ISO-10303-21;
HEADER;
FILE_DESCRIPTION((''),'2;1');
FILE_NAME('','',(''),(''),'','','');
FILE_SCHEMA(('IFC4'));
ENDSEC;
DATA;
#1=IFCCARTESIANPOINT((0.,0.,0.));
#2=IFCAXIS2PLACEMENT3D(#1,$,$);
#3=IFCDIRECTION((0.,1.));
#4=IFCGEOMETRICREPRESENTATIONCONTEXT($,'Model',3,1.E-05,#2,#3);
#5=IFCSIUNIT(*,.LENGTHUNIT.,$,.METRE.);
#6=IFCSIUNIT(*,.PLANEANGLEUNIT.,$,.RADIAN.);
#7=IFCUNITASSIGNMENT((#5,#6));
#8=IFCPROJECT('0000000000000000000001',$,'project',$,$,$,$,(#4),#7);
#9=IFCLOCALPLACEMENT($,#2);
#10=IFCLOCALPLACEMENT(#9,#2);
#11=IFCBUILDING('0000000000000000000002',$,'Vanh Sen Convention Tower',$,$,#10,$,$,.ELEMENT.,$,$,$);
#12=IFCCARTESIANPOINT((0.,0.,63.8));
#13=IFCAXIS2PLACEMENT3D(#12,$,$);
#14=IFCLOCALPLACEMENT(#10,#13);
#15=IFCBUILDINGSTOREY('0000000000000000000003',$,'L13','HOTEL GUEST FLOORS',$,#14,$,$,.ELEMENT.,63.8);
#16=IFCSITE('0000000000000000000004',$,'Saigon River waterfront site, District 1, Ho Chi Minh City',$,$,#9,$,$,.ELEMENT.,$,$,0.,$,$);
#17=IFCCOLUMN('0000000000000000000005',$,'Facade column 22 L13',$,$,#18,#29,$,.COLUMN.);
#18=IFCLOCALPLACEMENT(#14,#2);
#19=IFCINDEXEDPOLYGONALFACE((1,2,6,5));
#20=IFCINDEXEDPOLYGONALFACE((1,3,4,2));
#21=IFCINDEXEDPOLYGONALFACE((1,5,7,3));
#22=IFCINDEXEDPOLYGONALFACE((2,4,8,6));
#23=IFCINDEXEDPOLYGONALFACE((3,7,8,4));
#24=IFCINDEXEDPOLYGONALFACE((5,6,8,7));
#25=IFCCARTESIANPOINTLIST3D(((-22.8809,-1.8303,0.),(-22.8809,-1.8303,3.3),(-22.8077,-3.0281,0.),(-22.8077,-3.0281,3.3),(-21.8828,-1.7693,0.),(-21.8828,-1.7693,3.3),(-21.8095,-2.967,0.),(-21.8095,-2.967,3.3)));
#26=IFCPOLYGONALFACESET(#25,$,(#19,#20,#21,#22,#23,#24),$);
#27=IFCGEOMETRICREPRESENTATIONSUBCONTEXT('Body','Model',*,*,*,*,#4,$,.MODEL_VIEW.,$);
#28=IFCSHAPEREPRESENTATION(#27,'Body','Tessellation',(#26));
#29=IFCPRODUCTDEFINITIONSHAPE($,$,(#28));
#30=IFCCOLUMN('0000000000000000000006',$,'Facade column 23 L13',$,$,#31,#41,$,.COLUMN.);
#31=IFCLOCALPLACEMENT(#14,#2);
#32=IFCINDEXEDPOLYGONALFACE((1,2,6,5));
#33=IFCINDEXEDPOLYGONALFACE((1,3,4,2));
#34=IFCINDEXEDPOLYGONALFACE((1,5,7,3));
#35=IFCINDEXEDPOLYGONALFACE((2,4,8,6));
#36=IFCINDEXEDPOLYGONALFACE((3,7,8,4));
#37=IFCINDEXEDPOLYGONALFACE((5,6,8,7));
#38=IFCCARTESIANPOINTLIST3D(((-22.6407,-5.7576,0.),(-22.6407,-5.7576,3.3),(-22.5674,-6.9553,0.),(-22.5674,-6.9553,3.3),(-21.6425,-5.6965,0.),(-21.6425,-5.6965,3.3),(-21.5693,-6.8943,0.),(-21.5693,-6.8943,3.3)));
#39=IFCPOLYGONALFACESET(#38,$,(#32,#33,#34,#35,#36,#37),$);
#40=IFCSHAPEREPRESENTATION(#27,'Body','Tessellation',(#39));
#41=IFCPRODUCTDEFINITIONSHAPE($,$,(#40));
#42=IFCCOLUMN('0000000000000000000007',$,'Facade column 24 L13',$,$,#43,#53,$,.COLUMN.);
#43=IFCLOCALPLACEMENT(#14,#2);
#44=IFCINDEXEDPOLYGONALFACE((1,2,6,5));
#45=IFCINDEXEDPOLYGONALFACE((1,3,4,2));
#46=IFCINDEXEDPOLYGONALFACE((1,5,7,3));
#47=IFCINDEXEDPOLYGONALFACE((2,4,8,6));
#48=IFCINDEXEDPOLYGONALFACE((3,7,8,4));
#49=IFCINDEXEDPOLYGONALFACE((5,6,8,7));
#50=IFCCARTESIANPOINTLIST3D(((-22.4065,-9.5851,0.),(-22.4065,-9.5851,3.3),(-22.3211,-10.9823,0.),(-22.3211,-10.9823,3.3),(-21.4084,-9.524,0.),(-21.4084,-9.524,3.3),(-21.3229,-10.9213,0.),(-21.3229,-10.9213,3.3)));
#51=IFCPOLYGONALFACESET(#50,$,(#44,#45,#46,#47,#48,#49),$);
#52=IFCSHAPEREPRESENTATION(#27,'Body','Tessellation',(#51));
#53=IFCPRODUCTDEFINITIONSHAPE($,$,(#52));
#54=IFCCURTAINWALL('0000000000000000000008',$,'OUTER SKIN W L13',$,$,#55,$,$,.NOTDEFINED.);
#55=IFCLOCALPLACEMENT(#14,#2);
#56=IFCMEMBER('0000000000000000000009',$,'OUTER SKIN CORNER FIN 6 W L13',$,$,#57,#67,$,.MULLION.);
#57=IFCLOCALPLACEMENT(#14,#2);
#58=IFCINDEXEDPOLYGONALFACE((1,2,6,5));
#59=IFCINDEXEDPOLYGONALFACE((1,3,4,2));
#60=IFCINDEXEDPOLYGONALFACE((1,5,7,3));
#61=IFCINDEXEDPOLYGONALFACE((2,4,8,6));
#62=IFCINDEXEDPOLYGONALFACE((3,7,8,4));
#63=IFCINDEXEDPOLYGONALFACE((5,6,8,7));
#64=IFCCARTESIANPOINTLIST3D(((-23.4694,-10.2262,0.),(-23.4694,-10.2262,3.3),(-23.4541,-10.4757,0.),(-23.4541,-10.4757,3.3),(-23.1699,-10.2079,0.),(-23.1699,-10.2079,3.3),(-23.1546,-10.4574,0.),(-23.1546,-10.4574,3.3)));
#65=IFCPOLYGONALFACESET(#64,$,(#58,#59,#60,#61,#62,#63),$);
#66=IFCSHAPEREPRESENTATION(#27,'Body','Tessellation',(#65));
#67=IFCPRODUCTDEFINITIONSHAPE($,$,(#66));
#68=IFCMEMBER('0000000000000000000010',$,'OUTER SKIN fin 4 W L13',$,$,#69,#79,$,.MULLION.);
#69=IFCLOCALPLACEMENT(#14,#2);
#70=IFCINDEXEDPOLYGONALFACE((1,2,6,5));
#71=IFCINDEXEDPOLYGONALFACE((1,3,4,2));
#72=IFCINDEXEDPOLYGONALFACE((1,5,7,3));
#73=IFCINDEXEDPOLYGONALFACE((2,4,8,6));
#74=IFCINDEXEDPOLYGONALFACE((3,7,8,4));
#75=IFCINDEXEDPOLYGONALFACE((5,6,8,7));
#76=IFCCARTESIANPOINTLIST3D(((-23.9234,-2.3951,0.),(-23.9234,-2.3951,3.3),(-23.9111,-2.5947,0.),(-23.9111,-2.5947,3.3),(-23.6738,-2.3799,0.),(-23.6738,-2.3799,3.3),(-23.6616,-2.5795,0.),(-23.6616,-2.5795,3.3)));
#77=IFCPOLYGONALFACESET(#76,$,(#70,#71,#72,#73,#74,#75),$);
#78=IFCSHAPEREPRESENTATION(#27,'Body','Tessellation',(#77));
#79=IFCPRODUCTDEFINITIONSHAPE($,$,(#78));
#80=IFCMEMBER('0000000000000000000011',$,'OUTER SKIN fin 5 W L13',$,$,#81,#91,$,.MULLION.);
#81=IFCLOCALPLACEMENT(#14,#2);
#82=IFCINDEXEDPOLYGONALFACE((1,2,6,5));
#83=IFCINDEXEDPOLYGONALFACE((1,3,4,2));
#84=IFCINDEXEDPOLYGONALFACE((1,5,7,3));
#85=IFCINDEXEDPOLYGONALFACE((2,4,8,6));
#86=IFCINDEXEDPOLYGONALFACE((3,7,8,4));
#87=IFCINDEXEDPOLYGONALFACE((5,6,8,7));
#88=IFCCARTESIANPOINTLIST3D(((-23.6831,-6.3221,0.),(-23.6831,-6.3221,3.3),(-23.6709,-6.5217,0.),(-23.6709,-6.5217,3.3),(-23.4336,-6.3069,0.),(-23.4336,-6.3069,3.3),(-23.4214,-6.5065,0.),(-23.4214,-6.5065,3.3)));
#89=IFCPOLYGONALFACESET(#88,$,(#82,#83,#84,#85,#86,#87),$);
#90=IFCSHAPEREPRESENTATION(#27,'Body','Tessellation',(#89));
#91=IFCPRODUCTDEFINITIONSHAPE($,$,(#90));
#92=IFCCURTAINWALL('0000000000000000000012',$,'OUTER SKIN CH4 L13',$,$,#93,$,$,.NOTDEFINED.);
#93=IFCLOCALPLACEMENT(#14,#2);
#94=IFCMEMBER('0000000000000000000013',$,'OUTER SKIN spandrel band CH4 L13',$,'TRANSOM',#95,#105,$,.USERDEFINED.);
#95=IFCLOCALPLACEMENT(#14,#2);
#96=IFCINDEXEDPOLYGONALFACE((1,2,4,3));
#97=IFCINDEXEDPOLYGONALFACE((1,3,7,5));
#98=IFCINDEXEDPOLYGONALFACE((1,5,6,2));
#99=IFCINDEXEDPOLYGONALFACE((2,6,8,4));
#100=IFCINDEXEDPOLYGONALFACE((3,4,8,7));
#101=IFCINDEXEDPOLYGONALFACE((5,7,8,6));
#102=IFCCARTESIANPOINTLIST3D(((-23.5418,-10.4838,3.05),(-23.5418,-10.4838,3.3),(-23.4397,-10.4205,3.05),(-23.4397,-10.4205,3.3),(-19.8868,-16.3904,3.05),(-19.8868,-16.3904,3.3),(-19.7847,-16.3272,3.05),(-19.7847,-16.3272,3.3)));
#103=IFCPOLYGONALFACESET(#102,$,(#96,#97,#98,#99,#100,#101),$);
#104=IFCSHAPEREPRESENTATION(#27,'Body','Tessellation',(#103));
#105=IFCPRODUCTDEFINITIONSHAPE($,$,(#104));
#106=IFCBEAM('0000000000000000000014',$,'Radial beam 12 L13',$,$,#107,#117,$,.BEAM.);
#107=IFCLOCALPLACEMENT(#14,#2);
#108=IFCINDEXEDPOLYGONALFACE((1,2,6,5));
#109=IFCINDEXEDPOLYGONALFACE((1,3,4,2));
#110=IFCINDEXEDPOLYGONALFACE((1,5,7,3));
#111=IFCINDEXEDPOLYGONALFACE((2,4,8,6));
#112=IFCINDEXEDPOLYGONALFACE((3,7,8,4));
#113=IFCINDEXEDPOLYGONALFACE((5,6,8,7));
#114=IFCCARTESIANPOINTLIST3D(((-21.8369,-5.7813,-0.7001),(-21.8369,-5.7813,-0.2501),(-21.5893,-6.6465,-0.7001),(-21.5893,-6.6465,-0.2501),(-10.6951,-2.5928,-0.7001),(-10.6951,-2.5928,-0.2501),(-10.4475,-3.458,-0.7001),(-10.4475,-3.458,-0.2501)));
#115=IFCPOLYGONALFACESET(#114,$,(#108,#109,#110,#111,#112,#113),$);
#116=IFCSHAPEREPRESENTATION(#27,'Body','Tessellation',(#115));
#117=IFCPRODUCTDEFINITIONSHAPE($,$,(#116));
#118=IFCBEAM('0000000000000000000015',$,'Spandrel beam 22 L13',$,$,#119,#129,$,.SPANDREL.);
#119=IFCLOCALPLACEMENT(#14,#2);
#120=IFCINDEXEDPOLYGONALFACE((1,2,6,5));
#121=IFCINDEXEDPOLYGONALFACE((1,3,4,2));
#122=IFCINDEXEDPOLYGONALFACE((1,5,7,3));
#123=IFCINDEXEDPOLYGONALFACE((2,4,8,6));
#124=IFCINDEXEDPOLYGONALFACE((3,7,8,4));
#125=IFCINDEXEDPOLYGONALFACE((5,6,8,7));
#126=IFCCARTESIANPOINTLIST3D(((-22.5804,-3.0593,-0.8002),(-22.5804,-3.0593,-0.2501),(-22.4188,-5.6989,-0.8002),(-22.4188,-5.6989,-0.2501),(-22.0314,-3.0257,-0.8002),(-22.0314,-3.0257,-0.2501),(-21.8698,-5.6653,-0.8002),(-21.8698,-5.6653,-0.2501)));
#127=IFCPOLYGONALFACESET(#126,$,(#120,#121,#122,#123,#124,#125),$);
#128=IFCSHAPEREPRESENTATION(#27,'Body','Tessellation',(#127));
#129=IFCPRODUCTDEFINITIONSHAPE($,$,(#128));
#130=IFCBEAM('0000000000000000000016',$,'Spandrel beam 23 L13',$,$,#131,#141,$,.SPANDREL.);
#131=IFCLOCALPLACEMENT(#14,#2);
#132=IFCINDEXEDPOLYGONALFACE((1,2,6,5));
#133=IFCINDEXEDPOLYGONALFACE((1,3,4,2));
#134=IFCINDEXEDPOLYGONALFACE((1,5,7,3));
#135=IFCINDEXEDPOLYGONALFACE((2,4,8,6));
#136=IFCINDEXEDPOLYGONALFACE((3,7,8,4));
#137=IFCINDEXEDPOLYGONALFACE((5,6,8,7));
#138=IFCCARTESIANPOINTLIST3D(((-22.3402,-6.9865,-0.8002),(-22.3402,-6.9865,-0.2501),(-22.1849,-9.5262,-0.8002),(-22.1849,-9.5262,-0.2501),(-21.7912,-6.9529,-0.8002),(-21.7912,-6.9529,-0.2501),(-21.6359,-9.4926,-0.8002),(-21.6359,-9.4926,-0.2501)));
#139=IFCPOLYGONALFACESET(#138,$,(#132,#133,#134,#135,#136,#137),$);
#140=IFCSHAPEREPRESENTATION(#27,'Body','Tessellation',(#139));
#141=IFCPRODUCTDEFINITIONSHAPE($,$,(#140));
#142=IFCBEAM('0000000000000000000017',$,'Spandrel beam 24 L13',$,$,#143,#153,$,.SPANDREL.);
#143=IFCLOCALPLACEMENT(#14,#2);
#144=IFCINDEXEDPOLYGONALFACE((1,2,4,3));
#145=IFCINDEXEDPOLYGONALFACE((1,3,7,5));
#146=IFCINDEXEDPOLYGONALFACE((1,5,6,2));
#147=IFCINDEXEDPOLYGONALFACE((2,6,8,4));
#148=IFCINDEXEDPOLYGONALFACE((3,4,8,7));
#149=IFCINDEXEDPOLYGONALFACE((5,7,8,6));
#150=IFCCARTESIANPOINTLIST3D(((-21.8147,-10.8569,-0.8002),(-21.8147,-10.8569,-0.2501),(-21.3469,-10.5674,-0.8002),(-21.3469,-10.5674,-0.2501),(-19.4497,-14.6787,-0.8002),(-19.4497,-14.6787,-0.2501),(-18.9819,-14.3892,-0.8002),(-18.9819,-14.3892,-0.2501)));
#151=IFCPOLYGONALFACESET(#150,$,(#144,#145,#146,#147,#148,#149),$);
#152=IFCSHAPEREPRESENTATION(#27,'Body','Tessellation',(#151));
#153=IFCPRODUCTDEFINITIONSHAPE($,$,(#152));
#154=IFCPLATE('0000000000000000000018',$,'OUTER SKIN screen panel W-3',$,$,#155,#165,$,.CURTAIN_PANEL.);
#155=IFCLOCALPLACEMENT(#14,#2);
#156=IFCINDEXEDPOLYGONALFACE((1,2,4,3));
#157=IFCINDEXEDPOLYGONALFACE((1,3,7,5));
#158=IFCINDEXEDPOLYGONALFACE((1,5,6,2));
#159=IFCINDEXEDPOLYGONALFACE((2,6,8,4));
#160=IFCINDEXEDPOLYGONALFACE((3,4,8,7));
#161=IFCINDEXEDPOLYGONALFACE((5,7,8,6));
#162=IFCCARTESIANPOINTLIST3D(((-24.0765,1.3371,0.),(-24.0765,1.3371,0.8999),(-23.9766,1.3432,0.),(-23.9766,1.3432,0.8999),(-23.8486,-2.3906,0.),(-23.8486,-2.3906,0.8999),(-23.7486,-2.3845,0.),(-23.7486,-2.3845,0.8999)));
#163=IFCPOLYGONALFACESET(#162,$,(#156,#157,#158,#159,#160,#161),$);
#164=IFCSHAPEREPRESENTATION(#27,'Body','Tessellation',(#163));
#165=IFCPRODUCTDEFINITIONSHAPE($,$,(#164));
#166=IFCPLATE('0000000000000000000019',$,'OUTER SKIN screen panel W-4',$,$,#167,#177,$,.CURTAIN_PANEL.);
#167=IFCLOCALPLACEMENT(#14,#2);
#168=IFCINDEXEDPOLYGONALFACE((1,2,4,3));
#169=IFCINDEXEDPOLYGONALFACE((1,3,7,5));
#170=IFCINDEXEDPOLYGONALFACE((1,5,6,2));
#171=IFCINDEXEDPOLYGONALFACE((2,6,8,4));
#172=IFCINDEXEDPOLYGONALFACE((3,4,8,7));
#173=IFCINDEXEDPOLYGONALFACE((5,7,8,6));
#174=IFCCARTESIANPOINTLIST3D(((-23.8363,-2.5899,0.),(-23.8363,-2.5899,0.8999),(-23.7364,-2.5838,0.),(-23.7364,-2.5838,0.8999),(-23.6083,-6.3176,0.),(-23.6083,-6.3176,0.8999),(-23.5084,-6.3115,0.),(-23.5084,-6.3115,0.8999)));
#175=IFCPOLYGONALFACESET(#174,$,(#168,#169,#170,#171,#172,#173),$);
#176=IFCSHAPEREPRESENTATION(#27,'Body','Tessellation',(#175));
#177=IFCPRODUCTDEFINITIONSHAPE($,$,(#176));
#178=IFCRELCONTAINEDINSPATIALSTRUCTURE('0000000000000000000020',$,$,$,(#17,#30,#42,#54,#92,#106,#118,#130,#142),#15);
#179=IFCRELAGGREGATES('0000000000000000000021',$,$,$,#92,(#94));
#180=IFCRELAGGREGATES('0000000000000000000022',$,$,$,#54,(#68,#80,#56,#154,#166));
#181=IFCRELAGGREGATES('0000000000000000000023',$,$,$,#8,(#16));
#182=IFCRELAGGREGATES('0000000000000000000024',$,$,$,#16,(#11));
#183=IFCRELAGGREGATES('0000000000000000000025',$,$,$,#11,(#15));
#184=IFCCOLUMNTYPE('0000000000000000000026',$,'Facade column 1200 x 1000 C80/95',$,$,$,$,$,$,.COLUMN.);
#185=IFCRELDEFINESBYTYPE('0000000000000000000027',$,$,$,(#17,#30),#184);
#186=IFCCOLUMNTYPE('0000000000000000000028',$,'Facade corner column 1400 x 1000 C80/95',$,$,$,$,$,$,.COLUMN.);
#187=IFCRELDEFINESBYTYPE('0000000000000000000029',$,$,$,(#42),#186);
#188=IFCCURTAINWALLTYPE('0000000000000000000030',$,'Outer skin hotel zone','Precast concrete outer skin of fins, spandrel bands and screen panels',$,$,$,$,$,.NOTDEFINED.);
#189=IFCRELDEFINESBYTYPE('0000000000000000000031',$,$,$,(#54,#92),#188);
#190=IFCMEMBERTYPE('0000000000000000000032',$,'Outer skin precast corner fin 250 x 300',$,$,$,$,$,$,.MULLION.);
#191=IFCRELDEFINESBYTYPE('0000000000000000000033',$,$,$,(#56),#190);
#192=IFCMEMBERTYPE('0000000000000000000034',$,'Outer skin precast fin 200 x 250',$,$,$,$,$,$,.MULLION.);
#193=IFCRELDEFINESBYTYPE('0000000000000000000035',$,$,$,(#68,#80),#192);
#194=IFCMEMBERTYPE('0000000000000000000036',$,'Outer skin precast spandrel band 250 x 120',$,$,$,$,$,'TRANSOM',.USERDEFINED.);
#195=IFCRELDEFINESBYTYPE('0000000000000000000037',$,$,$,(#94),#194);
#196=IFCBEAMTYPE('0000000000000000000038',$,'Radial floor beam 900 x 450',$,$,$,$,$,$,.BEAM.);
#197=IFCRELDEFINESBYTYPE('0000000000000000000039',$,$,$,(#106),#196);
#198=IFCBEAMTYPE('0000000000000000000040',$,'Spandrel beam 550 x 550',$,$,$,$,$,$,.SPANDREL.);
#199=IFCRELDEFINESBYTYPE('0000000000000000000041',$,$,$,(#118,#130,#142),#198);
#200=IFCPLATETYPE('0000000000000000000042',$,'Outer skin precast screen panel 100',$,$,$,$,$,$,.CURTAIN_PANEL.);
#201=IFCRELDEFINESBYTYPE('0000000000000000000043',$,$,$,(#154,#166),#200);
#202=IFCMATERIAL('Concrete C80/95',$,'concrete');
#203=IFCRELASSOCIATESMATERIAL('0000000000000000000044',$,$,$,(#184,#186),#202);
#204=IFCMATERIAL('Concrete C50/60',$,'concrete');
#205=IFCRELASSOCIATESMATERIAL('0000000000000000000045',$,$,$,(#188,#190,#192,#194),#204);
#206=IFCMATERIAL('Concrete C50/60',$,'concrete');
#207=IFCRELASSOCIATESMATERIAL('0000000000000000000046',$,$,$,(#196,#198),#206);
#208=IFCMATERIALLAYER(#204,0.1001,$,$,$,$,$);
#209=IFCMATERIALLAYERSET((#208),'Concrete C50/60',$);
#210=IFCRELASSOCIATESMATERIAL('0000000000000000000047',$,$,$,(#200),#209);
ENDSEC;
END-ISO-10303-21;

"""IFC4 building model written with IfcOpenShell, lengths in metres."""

from ifc_helpers import new_model, si_unit, direction, frame, origin, origin_2d, place, context, subcontext, project, spatial, rectangle, extrude, material, layer, layer_set, material_profile, profile_set, type_object, element, aggregate, save


model = new_model("IFC4")

# Units and contexts
model_context = context("Model", 3, precision=1e-05, world=origin(), true_north=direction((0.0, 1.0)))
body_context = subcontext(model_context, "Body", "Model", "MODEL_VIEW")
ifc_project = project(units=[si_unit("LENGTHUNIT", "METRE"), si_unit("PLANEANGLEUNIT", "RADIAN")], contexts=[model_context])

# Site, building, storey
site_placement = place(None, origin())
site = spatial("IfcSite", under=ifc_project, at=site_placement, Name="Saigon River waterfront site, District 1, Ho Chi Minh City", CompositionType="ELEMENT", RefElevation=0.0)
building_placement = place(site_placement, origin())
building = spatial("IfcBuilding", under=site, at=building_placement, Name="Vanh Sen Convention Tower", CompositionType="ELEMENT")
storey_placement = place(building_placement, frame((0.0, 0.0, 63.8)))
storey = spatial("IfcBuildingStorey", under=building, at=storey_placement, Name="L13", Description="HOTEL GUEST FLOORS", CompositionType="ELEMENT", Elevation=63.8)

# Columns
ifc_material_1 = material(Name="Concrete C80/95", Category="concrete")
ifc_material_profile_1 = material_profile(ifc_material_1, rectangle(XDim=1.2, YDim=1.0, at=origin_2d()), Name="RC 1200X1000")
ifc_profile_set_1 = profile_set([ifc_material_profile_1], Name="Concrete C80/95")
column_type_1 = type_object("IfcColumnType", Name="Facade column 1200 x 1000 C80/95", PredefinedType="COLUMN", material=ifc_profile_set_1)
for number, where, z_axis, x_axis, name in (
    (1, (-22.3452, -2.3987, 0.0), (0.0, 0.0, 1.0), (0.061049, -0.998135, 0.0), "Facade column 22 L13"),
    (2, (-22.105, -6.3259, 0.0), (0.0, 0.0, 1.0), (0.061049, -0.998135, 0.0), "Facade column 23 L13"),
):
    element("IfcColumn", number, at=place(storey_placement, frame(where, z_axis=z_axis, x_axis=x_axis)), inside=storey, type_object=column_type_1, Name=name, PredefinedType="COLUMN", context=body_context, shape_type="SweptSolid", body=[
        extrude(rectangle(XDim=1.2, YDim=1.0, at=origin_2d()), origin(), (0.0, 0.0, 1.0), 3.3),
    ])
ifc_material_profile_2 = material_profile(ifc_material_1, rectangle(XDim=1.3999, YDim=1.0, at=origin_2d()), Name="RC 1400X1000")
ifc_profile_set_2 = profile_set([ifc_material_profile_2], Name="Concrete C80/95")
column_type_2 = type_object("IfcColumnType", Name="Facade corner column 1400 x 1000 C80/95", PredefinedType="COLUMN", material=ifc_profile_set_2)
column_placement = place(storey_placement, frame((-21.8647, -10.2532, 0.0), z_axis=(0.0, 0.0, 1.0), x_axis=(0.061049, -0.998135, 0.0)))
element("IfcColumn", 3, at=column_placement, inside=storey, type_object=column_type_2, Name="Facade column 24 L13", PredefinedType="COLUMN", context=body_context, shape_type="SweptSolid", body=[
    extrude(rectangle(XDim=1.3999, YDim=1.0, at=origin_2d()), origin(), (0.0, 0.0, 1.0), 3.3),
])

# Curtain wall, members
ifc_material_2 = material(Name="Concrete C50/60", Category="concrete")
curtain_wall_type = type_object("IfcCurtainWallType", Name="Outer skin hotel zone", Description="Precast concrete outer skin of fins, spandrel bands and screen panels", PredefinedType="NOTDEFINED", material=ifc_material_2)
curtain_wall_1_placement = place(storey_placement, origin())
curtain_wall_1 = element("IfcCurtainWall", 4, at=curtain_wall_1_placement, inside=storey, type_object=curtain_wall_type, Name="OUTER SKIN W L13", PredefinedType="NOTDEFINED")
ifc_material_profile_3 = material_profile(ifc_material_2, rectangle(XDim=0.25, YDim=0.3, at=origin_2d()), Name="Outer skin precast corner fin 250 x 300")
ifc_profile_set_3 = profile_set([ifc_material_profile_3], Name="Concrete C50/60")
member_type_1 = type_object("IfcMemberType", Name="Outer skin precast corner fin 250 x 300", PredefinedType="MULLION", material=ifc_profile_set_3)
member_1_placement = place(storey_placement, frame((-23.312, -10.3418, 0.0), z_axis=(0.0, 0.0, 1.0), x_axis=(0.061049, -0.998135, 0.0)))
member_1 = element("IfcMember", 5, at=member_1_placement, type_object=member_type_1, Name="OUTER SKIN CORNER FIN 6 W L13", PredefinedType="MULLION", context=body_context, shape_type="SweptSolid", body=[
    extrude(rectangle(XDim=0.25, YDim=0.3, at=origin_2d()), origin(), (0.0, 0.0, 1.0), 3.3),
])
ifc_material_profile_4 = material_profile(ifc_material_2, rectangle(XDim=0.2, YDim=0.25, at=origin_2d()), Name="Outer skin precast fin 200 x 250")
ifc_profile_set_4 = profile_set([ifc_material_profile_4], Name="Concrete C50/60")
member_type_2 = type_object("IfcMemberType", Name="Outer skin precast fin 200 x 250", PredefinedType="MULLION", material=ifc_profile_set_4)
member_2_placement = place(storey_placement, frame((-23.7925, -2.4873, 0.0), z_axis=(0.0, 0.0, 1.0), x_axis=(0.061049, -0.998135, 0.0)))
member_2 = element("IfcMember", 6, at=member_2_placement, type_object=member_type_2, Name="OUTER SKIN fin 4 W L13", PredefinedType="MULLION", context=body_context, shape_type="SweptSolid", body=[
    extrude(rectangle(XDim=0.2, YDim=0.25, at=origin_2d()), origin(), (0.0, 0.0, 1.0), 3.3),
])
member_3_placement = place(storey_placement, frame((-23.5522, -6.4143, 0.0), z_axis=(0.0, 0.0, 1.0), x_axis=(0.061049, -0.998135, 0.0)))
member_3 = element("IfcMember", 7, at=member_3_placement, type_object=member_type_2, Name="OUTER SKIN fin 5 W L13", PredefinedType="MULLION", context=body_context, shape_type="SweptSolid", body=[
    extrude(rectangle(XDim=0.2, YDim=0.25, at=origin_2d()), origin(), (0.0, 0.0, 1.0), 3.3),
])

# Curtain wall, member
curtain_wall_2_placement = place(storey_placement, origin())
curtain_wall_2 = element("IfcCurtainWall", 8, at=curtain_wall_2_placement, inside=storey, type_object=curtain_wall_type, Name="OUTER SKIN CH4 L13", PredefinedType="NOTDEFINED")
ifc_material_profile_5 = material_profile(ifc_material_2, rectangle(XDim=0.1201, YDim=0.25, at=origin_2d()), Name="Outer skin precast spandrel band 250 x 120")
ifc_profile_set_5 = profile_set([ifc_material_profile_5], Name="Concrete C50/60")
member_type_3 = type_object("IfcMemberType", Name="Outer skin precast spandrel band 250 x 120", ElementType="TRANSOM", PredefinedType="USERDEFINED", material=ifc_profile_set_5)
member_4_placement = place(storey_placement, frame((-23.4907, -10.4521, 3.175), z_axis=(0.526196, -0.850363, 0.0), x_axis=(0.850363, 0.526196, 0.0)))
member_4 = element("IfcMember", 9, at=member_4_placement, type_object=member_type_3, Name="OUTER SKIN spandrel band CH4 L13", ObjectType="TRANSOM", PredefinedType="USERDEFINED", context=body_context, shape_type="SweptSolid", body=[
    extrude(rectangle(XDim=0.1201, YDim=0.25, at=origin_2d()), origin(), (0.0, 0.0, 1.0), 6.946),
])
aggregate(curtain_wall_2, [member_4])

# Beams
ifc_material_3 = material(Name="Concrete C50/60", Category="concrete")
ifc_material_profile_6 = material_profile(ifc_material_3, rectangle(XDim=0.8999, YDim=0.45, at=origin_2d()), Name="RC 900X450")
ifc_profile_set_6 = profile_set([ifc_material_profile_6], Name="Concrete C50/60")
beam_type_1 = type_object("IfcBeamType", Name="Radial floor beam 900 x 450", PredefinedType="BEAM", material=ifc_profile_set_6)
beam_1_placement = place(storey_placement, frame((-21.7131, -6.2139, -0.4751), z_axis=(0.961408, 0.275127, 0.0), x_axis=(-0.275127, 0.961408, 0.0)))
element("IfcBeam", 10, at=beam_1_placement, inside=storey, type_object=beam_type_1, Name="Radial beam 12 L13", PredefinedType="BEAM", context=body_context, shape_type="SweptSolid", body=[
    extrude(rectangle(XDim=0.8999, YDim=0.45, at=origin_2d()), origin(), (0.0, 0.0, 1.0), 11.5891),
])
ifc_material_profile_7 = material_profile(ifc_material_3, rectangle(XDim=0.55, YDim=0.55, at=origin_2d()), Name="RC 550X550")
ifc_profile_set_7 = profile_set([ifc_material_profile_7], Name="Concrete C50/60")
beam_type_2 = type_object("IfcBeamType", Name="Spandrel beam 550 x 550", PredefinedType="SPANDREL", material=ifc_profile_set_7)
beam_2_placement = place(storey_placement, frame((-22.3059, -3.0425, -0.5251), z_axis=(0.061114, -0.998131, 0.0), x_axis=(0.998131, 0.061114, 0.0)))
element("IfcBeam", 11, at=beam_2_placement, inside=storey, type_object=beam_type_2, Name="Spandrel beam 22 L13", PredefinedType="SPANDREL", context=body_context, shape_type="SweptSolid", body=[
    extrude(rectangle(XDim=0.55, YDim=0.55, at=origin_2d()), origin(), (0.0, 0.0, 1.0), 2.6445),
])
beam_3_placement = place(storey_placement, frame((-22.0657, -6.9697, -0.5251), z_axis=(0.061022, -0.998136, 0.0), x_axis=(0.998136, 0.061022, 0.0)))
element("IfcBeam", 12, at=beam_3_placement, inside=storey, type_object=beam_type_2, Name="Spandrel beam 23 L13", PredefinedType="SPANDREL", context=body_context, shape_type="SweptSolid", body=[
    extrude(rectangle(XDim=0.55, YDim=0.55, at=origin_2d()), origin(), (0.0, 0.0, 1.0), 2.5444),
])
beam_4_placement = place(storey_placement, frame((-21.5808, -10.7122, -0.5251), z_axis=(0.526214, -0.850352, 0.0), x_axis=(0.850352, 0.526214, 0.0)))
element("IfcBeam", 13, at=beam_4_placement, inside=storey, type_object=beam_type_2, Name="Spandrel beam 24 L13", PredefinedType="SPANDREL", context=body_context, shape_type="SweptSolid", body=[
    extrude(rectangle(XDim=0.55, YDim=0.55, at=origin_2d()), origin(), (0.0, 0.0, 1.0), 4.4944),
])

# Plates
ifc_layer_1 = layer(ifc_material_2, 0.1001)
ifc_layer_set_1 = layer_set([ifc_layer_1], Name="Concrete C50/60")
plate_type = type_object("IfcPlateType", Name="Outer skin precast screen panel 100", PredefinedType="CURTAIN_PANEL", material=ifc_layer_set_1)
plate_1_placement = place(storey_placement, frame((-23.9126, -0.5237, 0.0), z_axis=(0.0, 0.0, 1.0), x_axis=(0.061047, -0.998135, 0.0)))
plate_1 = element("IfcPlate", 14, at=plate_1_placement, type_object=plate_type, Name="OUTER SKIN screen panel W-3", PredefinedType="CURTAIN_PANEL", context=body_context, shape_type="SweptSolid", body=[
    extrude(rectangle(XDim=3.7346, YDim=0.1001, at=origin_2d()), origin(), (0.0, 0.0, 1.0), 0.8999),
])
plate_2_placement = place(storey_placement, frame((-23.6724, -4.4507, 0.0), z_axis=(0.0, 0.0, 1.0), x_axis=(0.061049, -0.998135, 0.0)))
plate_2 = element("IfcPlate", 15, at=plate_2_placement, type_object=plate_type, Name="OUTER SKIN screen panel W-4", PredefinedType="CURTAIN_PANEL", context=body_context, shape_type="SweptSolid", body=[
    extrude(rectangle(XDim=3.7346, YDim=0.1001, at=origin_2d()), origin(), (0.0, 0.0, 1.0), 0.8999),
])
aggregate(curtain_wall_1, [member_2, member_3, member_1, plate_1, plate_2])

save(model, "model.ifc")
